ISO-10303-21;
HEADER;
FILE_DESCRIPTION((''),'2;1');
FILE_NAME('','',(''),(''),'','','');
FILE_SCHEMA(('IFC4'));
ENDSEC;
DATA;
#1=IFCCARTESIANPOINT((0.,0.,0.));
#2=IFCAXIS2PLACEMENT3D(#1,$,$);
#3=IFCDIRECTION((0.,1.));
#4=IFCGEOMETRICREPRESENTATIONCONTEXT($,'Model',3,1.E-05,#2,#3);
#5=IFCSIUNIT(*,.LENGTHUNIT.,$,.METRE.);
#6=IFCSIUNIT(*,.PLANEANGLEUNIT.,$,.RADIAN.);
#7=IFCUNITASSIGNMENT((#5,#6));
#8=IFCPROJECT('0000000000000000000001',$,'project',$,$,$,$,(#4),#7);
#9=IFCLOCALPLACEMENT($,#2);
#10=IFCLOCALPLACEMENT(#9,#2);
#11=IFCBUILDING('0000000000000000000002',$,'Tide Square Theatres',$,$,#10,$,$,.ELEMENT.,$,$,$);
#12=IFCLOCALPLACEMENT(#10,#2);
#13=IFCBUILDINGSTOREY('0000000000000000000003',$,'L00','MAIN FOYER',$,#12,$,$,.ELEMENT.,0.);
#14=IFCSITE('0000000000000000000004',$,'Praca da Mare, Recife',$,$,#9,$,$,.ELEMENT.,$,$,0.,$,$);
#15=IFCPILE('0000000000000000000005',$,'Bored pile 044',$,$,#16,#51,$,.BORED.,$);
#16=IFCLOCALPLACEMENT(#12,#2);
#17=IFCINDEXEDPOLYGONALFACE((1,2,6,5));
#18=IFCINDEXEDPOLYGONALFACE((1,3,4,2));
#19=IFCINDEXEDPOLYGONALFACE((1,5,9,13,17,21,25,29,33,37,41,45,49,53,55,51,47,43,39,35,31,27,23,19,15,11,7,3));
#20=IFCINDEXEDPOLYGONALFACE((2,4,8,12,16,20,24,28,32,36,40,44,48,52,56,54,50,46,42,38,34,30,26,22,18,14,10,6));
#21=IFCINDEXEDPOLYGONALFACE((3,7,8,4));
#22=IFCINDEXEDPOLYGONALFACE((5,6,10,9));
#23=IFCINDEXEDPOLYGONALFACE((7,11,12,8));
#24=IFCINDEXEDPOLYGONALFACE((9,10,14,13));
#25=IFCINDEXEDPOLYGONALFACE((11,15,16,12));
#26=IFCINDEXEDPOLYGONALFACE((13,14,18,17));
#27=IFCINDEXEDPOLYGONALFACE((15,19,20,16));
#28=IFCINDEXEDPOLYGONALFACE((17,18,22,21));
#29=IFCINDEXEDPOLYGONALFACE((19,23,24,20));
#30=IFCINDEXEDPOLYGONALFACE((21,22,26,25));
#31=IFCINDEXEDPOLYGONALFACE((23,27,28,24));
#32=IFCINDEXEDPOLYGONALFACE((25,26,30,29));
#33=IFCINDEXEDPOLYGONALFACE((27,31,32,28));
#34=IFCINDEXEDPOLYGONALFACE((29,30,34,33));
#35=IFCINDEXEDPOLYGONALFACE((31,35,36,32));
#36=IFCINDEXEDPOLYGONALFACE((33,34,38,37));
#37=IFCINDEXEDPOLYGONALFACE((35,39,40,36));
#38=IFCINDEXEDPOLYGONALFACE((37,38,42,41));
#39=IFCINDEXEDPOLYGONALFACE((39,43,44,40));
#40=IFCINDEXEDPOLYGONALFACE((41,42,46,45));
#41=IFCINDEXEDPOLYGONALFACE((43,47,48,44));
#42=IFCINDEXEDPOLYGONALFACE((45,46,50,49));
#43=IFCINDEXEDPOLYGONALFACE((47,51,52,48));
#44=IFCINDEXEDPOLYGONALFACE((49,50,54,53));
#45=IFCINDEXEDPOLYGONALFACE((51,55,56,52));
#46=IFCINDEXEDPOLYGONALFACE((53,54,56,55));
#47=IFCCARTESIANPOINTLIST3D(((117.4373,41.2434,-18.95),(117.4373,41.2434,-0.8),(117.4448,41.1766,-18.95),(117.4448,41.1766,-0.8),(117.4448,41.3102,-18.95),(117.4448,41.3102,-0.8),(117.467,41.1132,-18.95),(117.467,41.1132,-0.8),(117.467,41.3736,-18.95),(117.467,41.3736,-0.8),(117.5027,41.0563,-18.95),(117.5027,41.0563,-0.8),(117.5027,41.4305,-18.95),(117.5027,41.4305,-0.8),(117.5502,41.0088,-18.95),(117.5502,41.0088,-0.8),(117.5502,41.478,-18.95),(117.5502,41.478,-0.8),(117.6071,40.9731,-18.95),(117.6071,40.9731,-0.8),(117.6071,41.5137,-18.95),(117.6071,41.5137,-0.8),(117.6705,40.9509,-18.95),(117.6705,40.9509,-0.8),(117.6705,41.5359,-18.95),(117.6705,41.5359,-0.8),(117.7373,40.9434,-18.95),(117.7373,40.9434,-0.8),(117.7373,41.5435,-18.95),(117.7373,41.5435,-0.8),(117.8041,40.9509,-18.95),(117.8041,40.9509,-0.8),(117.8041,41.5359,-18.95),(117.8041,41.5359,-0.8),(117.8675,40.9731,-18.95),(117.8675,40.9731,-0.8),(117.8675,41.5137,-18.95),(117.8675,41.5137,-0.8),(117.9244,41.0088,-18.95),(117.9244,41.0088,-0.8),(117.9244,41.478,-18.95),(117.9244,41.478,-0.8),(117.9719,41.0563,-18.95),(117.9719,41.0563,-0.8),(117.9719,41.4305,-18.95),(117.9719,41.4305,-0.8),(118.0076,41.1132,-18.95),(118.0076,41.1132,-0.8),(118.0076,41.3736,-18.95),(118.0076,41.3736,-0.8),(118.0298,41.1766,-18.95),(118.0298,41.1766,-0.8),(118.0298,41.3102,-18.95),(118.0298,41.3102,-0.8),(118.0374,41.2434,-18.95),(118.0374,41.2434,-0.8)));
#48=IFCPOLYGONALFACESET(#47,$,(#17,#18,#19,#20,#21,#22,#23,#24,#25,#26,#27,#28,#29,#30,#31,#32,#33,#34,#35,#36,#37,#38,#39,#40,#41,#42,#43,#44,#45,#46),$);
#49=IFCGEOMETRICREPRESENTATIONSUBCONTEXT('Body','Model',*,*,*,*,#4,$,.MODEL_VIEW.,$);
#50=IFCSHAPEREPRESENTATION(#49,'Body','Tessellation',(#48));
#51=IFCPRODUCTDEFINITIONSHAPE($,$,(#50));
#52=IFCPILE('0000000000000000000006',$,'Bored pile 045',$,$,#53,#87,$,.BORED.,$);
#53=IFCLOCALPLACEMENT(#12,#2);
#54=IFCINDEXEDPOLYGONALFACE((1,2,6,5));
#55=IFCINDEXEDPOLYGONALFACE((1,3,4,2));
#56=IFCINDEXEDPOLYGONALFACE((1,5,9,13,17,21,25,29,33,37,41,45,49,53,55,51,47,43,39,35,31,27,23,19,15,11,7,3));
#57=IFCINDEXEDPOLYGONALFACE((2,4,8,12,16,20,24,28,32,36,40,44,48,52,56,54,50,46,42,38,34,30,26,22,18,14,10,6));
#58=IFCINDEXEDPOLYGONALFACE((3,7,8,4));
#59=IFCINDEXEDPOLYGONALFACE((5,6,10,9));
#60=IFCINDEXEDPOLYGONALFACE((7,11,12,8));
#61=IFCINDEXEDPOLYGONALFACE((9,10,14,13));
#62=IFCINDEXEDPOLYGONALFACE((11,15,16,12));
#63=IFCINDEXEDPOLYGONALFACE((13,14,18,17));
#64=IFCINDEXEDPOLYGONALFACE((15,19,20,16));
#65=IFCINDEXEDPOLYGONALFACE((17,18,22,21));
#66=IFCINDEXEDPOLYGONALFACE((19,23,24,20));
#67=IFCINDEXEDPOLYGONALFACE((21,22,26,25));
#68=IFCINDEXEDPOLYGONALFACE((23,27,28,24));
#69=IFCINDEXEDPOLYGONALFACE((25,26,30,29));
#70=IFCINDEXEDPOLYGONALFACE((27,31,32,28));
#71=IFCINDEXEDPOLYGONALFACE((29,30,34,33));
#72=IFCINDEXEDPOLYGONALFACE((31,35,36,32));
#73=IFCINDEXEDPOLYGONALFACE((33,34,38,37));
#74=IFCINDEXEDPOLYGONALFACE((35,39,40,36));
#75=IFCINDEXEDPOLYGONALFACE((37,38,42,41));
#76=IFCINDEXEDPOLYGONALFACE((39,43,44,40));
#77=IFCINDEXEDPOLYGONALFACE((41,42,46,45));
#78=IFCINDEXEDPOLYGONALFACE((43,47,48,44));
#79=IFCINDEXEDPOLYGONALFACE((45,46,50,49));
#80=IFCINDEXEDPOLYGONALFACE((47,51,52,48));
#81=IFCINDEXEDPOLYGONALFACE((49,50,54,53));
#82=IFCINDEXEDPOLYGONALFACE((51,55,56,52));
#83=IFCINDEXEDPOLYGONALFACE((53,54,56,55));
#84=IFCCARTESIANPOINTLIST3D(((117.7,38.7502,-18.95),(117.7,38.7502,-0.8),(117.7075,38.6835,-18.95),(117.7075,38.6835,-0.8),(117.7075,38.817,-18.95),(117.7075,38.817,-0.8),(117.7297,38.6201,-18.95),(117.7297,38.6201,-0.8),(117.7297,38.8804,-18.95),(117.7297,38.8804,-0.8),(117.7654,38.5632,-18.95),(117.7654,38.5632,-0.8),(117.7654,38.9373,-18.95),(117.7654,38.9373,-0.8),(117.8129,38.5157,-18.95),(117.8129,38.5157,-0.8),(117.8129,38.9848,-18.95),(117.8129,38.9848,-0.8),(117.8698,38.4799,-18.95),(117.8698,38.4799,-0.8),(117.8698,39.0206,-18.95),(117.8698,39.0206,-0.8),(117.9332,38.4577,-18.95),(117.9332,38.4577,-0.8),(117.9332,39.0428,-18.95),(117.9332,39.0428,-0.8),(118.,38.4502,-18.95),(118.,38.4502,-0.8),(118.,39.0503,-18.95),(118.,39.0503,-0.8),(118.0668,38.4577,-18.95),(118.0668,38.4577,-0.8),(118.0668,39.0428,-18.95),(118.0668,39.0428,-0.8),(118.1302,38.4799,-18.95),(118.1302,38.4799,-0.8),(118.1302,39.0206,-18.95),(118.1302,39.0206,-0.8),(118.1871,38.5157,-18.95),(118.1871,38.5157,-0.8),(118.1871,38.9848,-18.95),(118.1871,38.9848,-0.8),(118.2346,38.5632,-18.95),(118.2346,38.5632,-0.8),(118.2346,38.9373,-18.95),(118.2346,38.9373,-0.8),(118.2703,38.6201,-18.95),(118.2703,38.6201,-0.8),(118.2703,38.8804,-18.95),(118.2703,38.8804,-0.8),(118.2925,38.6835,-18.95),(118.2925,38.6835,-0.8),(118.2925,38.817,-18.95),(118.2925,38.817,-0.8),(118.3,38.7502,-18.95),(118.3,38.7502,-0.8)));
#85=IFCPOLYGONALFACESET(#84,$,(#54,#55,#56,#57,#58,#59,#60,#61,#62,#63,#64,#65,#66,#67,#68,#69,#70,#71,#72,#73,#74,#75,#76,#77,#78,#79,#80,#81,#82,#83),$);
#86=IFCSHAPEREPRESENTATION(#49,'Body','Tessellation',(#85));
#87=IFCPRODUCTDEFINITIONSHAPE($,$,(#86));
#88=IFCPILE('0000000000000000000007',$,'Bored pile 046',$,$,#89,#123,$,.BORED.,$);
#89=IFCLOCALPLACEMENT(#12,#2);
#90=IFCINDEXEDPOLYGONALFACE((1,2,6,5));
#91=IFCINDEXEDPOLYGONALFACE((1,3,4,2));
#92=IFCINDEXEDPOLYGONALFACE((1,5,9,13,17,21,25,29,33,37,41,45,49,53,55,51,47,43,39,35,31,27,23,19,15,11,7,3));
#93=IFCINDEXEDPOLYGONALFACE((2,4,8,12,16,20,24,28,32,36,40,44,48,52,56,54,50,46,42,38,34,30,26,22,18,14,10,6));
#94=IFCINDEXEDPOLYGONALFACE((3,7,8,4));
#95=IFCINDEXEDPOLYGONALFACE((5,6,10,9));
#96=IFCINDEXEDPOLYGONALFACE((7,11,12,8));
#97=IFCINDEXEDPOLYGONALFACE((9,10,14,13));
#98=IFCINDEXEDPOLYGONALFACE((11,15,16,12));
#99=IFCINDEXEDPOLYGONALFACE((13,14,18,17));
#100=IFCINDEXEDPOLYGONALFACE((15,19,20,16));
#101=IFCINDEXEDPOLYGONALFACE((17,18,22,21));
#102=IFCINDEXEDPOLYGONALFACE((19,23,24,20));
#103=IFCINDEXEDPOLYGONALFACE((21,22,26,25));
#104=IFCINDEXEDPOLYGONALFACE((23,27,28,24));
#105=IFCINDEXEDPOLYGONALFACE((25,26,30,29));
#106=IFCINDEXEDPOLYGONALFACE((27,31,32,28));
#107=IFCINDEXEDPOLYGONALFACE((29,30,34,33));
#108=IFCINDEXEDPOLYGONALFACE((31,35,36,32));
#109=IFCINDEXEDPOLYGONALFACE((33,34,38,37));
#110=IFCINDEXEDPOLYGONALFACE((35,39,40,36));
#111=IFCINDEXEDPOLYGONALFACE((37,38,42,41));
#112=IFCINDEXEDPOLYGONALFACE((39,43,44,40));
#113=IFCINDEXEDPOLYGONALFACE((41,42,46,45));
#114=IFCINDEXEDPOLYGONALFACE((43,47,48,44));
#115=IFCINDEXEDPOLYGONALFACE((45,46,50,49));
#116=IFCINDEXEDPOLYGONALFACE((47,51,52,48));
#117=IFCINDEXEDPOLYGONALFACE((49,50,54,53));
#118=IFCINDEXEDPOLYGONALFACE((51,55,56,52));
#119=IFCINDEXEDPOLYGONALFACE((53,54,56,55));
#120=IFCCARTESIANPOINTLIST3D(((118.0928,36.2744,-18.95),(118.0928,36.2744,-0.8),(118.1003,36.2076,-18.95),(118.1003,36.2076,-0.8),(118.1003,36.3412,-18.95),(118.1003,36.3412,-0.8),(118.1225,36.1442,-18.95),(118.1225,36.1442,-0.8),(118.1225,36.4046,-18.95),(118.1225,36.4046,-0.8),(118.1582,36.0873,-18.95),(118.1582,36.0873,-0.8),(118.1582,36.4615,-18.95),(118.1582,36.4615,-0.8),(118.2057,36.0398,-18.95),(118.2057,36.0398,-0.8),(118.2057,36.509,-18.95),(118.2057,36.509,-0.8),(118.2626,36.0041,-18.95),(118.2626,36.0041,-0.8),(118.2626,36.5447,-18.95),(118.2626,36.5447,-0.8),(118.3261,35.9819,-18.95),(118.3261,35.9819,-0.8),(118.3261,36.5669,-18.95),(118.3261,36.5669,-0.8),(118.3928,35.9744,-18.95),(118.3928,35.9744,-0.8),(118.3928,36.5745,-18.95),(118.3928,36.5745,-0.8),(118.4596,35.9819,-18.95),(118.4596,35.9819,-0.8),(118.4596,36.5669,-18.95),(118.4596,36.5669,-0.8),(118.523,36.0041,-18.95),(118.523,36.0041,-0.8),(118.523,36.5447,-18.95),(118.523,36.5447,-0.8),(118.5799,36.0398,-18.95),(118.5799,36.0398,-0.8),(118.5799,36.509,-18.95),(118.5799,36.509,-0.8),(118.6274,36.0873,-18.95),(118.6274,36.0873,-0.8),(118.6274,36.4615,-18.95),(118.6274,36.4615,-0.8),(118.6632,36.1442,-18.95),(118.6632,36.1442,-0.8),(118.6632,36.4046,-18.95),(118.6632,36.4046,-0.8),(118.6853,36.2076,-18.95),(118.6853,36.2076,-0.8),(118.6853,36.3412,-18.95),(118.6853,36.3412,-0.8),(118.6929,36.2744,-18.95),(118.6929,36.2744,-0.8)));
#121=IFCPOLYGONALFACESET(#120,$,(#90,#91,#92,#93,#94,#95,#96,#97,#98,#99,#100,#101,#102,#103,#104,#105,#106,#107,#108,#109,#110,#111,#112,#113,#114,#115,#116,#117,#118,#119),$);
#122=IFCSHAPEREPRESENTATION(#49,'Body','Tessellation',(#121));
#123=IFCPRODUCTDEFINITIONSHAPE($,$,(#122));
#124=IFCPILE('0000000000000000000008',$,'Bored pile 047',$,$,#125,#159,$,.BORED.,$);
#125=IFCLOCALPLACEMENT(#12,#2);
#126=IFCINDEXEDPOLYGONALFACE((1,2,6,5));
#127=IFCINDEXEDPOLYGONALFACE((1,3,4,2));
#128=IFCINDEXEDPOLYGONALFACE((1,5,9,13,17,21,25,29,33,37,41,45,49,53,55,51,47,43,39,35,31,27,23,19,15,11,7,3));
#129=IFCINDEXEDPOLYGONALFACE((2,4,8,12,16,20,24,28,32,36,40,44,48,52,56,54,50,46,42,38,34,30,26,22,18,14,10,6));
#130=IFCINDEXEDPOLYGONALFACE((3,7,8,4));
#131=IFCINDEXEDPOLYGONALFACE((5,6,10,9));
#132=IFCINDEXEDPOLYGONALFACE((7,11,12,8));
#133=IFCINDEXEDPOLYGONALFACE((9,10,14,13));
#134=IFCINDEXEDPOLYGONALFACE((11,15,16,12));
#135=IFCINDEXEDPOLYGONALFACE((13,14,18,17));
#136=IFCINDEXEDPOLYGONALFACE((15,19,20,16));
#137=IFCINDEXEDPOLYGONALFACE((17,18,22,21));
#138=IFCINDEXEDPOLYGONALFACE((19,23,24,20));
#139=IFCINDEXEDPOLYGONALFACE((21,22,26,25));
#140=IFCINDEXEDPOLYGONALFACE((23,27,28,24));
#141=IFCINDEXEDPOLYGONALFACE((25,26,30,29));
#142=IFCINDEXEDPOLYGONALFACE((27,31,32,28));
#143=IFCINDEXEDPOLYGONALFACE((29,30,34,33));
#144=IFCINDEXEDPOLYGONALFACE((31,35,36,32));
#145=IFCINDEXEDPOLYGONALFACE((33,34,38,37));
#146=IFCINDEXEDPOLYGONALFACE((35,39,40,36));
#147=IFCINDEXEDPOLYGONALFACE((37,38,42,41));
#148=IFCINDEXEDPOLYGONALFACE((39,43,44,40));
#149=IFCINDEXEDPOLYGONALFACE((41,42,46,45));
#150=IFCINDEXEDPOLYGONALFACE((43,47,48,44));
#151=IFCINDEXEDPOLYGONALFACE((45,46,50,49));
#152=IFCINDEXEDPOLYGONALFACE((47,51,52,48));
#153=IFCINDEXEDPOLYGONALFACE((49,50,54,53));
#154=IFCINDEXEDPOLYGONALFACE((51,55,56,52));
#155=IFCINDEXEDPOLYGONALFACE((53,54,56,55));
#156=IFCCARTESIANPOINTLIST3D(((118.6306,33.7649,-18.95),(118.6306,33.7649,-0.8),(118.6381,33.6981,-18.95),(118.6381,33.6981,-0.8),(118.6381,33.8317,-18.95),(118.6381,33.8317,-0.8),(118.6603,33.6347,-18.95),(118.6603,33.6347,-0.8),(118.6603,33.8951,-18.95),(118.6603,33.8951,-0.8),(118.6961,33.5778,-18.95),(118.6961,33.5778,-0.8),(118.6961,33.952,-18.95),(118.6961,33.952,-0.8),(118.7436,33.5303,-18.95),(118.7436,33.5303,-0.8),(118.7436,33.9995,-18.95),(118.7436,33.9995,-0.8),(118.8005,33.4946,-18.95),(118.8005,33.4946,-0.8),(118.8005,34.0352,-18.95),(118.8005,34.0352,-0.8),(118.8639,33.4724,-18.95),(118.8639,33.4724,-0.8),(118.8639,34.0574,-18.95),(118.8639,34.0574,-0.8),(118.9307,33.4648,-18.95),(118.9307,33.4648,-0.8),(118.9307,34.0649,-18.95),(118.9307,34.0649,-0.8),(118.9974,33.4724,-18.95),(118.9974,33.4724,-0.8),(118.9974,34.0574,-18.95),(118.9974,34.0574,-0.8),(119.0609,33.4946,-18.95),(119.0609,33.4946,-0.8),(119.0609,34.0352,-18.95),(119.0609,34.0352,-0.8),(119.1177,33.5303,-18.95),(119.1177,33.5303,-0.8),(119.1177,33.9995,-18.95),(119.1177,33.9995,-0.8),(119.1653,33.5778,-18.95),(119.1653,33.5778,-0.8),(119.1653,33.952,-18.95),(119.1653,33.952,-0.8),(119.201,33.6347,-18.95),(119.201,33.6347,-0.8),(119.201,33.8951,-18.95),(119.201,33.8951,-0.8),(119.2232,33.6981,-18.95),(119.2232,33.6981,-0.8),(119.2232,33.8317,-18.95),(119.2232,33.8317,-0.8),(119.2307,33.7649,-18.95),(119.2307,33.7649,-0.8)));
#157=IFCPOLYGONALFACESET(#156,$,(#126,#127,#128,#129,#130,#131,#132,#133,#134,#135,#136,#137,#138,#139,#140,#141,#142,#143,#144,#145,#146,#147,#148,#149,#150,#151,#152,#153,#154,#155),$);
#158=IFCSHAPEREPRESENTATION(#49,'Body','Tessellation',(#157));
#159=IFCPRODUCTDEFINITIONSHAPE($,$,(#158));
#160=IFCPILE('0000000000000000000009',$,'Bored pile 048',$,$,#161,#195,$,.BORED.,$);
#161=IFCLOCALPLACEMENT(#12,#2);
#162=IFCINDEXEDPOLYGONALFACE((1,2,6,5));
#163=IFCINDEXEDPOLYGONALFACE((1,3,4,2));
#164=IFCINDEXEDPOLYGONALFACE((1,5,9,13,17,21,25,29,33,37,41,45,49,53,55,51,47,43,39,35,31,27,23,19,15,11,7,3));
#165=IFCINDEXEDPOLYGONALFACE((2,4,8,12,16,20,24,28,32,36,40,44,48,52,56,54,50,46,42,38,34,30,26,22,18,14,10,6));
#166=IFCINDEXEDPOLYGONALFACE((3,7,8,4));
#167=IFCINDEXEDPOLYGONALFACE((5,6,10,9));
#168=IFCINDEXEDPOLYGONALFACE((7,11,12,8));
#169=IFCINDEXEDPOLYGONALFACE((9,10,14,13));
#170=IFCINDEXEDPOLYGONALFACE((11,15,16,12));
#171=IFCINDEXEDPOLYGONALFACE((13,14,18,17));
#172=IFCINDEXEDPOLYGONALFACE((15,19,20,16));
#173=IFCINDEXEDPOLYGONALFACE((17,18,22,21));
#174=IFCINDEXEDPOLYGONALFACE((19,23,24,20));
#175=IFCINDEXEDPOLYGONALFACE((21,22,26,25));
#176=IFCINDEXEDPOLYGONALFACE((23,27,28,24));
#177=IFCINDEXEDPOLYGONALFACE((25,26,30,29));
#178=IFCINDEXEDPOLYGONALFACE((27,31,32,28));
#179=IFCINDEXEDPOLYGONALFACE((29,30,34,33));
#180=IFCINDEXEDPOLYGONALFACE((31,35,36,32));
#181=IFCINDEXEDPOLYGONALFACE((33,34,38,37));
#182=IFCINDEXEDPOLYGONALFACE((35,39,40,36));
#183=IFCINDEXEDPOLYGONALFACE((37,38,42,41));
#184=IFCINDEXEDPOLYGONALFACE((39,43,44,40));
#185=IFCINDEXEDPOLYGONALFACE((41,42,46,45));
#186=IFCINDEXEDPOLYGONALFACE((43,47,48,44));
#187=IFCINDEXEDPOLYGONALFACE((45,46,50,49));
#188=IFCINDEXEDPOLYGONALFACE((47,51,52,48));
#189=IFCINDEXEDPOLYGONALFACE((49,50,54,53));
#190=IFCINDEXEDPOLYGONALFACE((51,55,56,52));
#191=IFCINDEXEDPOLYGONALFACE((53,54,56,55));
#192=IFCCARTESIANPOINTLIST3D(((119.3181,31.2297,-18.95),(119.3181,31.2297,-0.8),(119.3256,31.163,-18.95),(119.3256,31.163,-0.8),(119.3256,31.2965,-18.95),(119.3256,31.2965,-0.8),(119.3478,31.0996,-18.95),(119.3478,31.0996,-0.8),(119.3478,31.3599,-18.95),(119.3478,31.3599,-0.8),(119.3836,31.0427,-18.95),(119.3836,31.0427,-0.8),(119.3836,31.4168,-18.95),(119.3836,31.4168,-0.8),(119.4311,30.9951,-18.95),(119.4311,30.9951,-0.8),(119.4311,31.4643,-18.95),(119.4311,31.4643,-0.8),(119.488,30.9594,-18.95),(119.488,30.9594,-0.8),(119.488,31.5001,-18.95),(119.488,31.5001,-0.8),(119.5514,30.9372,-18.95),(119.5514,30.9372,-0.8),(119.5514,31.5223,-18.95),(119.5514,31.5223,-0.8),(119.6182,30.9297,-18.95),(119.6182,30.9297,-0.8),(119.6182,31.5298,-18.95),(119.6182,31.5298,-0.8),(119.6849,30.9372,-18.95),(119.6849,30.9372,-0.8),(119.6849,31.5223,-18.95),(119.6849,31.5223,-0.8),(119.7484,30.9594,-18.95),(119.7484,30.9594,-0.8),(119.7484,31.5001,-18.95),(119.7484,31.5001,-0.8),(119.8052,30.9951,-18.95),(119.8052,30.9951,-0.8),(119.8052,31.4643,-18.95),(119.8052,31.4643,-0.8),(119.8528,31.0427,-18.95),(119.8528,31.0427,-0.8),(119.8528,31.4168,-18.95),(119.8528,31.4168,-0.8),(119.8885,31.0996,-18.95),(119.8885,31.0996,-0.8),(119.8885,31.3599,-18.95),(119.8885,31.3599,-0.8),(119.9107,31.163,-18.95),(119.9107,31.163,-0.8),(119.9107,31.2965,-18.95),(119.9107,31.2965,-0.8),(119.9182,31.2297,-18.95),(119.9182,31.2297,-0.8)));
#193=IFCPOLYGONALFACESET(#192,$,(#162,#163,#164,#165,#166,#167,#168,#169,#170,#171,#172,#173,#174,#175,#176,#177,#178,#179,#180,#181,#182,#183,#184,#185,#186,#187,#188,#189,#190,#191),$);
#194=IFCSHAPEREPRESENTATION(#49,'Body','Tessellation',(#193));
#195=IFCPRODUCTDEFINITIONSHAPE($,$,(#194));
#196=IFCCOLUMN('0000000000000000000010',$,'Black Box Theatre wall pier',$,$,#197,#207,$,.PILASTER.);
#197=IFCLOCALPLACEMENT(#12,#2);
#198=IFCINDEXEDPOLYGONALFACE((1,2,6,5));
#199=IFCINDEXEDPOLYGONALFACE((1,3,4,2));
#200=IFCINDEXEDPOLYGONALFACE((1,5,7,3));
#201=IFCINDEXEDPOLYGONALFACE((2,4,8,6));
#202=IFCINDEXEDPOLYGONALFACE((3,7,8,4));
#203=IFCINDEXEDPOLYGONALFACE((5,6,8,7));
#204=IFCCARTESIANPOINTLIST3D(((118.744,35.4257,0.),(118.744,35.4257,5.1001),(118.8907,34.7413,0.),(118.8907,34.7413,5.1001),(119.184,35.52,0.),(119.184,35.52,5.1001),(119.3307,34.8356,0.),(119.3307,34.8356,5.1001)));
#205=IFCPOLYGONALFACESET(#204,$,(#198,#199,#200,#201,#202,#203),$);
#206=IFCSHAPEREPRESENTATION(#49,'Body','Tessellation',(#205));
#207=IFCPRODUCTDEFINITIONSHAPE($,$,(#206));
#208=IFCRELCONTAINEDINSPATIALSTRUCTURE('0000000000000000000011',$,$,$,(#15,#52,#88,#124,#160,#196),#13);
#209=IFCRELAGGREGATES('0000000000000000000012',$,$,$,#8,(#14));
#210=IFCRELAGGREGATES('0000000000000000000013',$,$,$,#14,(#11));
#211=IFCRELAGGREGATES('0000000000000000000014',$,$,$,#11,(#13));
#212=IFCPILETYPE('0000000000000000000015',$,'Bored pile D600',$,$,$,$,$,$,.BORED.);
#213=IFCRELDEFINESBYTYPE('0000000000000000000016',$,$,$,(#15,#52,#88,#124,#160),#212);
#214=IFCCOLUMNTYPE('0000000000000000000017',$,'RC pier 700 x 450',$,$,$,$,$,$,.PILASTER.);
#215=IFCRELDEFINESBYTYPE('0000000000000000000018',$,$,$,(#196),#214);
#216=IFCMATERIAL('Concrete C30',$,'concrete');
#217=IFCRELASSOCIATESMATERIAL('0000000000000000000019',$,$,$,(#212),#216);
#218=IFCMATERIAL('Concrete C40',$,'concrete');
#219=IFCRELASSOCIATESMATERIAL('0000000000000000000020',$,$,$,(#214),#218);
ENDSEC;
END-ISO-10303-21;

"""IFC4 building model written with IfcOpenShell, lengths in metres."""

from ifc_helpers import new_model, si_unit, direction, frame, origin, origin_2d, place, context, subcontext, project, spatial, rectangle, circle, extrude, material, material_profile, profile_set, type_object, element, save


model = new_model("IFC4")

# Units and contexts
model_context = context("Model", 3, precision=1e-05, world=origin(), true_north=direction((0.0, 1.0)))
body_context = subcontext(model_context, "Body", "Model", "MODEL_VIEW")
ifc_project = project(units=[si_unit("LENGTHUNIT", "METRE"), si_unit("PLANEANGLEUNIT", "RADIAN")], contexts=[model_context])

# Site, building, storey
site_placement = place(None, origin())
site = spatial("IfcSite", under=ifc_project, at=site_placement, Name="Praca da Mare, Recife", CompositionType="ELEMENT", RefElevation=0.0)
building_placement = place(site_placement, origin())
building = spatial("IfcBuilding", under=site, at=building_placement, Name="Tide Square Theatres", CompositionType="ELEMENT")
storey_placement = place(building_placement, origin())
storey = spatial("IfcBuildingStorey", under=building, at=storey_placement, Name="L00", Description="MAIN FOYER", CompositionType="ELEMENT", Elevation=0.0)

# Piles
ifc_material_1 = material(Name="Concrete C30", Category="concrete")
ifc_material_profile_1 = material_profile(ifc_material_1, circle(Radius=0.3, at=origin_2d()))
ifc_profile_set_1 = profile_set([ifc_material_profile_1], Name="Concrete C30")
pile_type = type_object("IfcPileType", Name="Bored pile D600", PredefinedType="BORED", material=ifc_profile_set_1)
for number, where, z_axis, x_axis, name in (
    (1, (117.7373, 41.2434, -0.8), (0.0, 0.0, -1.0), (1.0, 0.0, 0.0), "Bored pile 044"),
    (2, (118.0, 38.7502, -0.8), (0.0, 0.0, -1.0), (1.0, 0.0, 0.0), "Bored pile 045"),
    (3, (118.3928, 36.2744, -0.8), (0.0, 0.0, -1.0), (1.0, 0.0, 0.0), "Bored pile 046"),
    (4, (118.9307, 33.7649, -0.8), (0.0, 0.0, -1.0), (1.0, 0.0, 0.0), "Bored pile 047"),
    (5, (119.6182, 31.2297, -0.8), (0.0, 0.0, -1.0), (1.0, 0.0, 0.0), "Bored pile 048"),
):
    element("IfcPile", number, at=place(storey_placement, frame(where, z_axis=z_axis, x_axis=x_axis)), inside=storey, type_object=pile_type, Name=name, PredefinedType="BORED", context=body_context, shape_type="SweptSolid", body=[
        extrude(circle(Radius=0.3, at=origin_2d()), origin(), (0.0, 0.0, 1.0), 18.1499),
    ])

# Column
ifc_material_2 = material(Name="Concrete C40", Category="concrete")
ifc_material_profile_2 = material_profile(ifc_material_2, rectangle(XDim=0.7, YDim=0.45, at=origin_2d()))
ifc_profile_set_2 = profile_set([ifc_material_profile_2], Name="Concrete C40")
column_type = type_object("IfcColumnType", Name="RC pier 700 x 450", PredefinedType="PILASTER", material=ifc_profile_set_2)
column_placement = place(storey_placement, frame((119.0374, 35.1306, 0.0), z_axis=(0.0, 0.0, 1.0), x_axis=(0.209561, -0.977796, 0.0)))
element("IfcColumn", 6, at=column_placement, inside=storey, type_object=column_type, Name="Black Box Theatre wall pier", PredefinedType="PILASTER", context=body_context, shape_type="SweptSolid", body=[
    extrude(rectangle(XDim=0.7, YDim=0.45, at=origin_2d()), origin(), (0.0, 0.0, 1.0), 5.1001),
])

save(model, "model.ifc")
